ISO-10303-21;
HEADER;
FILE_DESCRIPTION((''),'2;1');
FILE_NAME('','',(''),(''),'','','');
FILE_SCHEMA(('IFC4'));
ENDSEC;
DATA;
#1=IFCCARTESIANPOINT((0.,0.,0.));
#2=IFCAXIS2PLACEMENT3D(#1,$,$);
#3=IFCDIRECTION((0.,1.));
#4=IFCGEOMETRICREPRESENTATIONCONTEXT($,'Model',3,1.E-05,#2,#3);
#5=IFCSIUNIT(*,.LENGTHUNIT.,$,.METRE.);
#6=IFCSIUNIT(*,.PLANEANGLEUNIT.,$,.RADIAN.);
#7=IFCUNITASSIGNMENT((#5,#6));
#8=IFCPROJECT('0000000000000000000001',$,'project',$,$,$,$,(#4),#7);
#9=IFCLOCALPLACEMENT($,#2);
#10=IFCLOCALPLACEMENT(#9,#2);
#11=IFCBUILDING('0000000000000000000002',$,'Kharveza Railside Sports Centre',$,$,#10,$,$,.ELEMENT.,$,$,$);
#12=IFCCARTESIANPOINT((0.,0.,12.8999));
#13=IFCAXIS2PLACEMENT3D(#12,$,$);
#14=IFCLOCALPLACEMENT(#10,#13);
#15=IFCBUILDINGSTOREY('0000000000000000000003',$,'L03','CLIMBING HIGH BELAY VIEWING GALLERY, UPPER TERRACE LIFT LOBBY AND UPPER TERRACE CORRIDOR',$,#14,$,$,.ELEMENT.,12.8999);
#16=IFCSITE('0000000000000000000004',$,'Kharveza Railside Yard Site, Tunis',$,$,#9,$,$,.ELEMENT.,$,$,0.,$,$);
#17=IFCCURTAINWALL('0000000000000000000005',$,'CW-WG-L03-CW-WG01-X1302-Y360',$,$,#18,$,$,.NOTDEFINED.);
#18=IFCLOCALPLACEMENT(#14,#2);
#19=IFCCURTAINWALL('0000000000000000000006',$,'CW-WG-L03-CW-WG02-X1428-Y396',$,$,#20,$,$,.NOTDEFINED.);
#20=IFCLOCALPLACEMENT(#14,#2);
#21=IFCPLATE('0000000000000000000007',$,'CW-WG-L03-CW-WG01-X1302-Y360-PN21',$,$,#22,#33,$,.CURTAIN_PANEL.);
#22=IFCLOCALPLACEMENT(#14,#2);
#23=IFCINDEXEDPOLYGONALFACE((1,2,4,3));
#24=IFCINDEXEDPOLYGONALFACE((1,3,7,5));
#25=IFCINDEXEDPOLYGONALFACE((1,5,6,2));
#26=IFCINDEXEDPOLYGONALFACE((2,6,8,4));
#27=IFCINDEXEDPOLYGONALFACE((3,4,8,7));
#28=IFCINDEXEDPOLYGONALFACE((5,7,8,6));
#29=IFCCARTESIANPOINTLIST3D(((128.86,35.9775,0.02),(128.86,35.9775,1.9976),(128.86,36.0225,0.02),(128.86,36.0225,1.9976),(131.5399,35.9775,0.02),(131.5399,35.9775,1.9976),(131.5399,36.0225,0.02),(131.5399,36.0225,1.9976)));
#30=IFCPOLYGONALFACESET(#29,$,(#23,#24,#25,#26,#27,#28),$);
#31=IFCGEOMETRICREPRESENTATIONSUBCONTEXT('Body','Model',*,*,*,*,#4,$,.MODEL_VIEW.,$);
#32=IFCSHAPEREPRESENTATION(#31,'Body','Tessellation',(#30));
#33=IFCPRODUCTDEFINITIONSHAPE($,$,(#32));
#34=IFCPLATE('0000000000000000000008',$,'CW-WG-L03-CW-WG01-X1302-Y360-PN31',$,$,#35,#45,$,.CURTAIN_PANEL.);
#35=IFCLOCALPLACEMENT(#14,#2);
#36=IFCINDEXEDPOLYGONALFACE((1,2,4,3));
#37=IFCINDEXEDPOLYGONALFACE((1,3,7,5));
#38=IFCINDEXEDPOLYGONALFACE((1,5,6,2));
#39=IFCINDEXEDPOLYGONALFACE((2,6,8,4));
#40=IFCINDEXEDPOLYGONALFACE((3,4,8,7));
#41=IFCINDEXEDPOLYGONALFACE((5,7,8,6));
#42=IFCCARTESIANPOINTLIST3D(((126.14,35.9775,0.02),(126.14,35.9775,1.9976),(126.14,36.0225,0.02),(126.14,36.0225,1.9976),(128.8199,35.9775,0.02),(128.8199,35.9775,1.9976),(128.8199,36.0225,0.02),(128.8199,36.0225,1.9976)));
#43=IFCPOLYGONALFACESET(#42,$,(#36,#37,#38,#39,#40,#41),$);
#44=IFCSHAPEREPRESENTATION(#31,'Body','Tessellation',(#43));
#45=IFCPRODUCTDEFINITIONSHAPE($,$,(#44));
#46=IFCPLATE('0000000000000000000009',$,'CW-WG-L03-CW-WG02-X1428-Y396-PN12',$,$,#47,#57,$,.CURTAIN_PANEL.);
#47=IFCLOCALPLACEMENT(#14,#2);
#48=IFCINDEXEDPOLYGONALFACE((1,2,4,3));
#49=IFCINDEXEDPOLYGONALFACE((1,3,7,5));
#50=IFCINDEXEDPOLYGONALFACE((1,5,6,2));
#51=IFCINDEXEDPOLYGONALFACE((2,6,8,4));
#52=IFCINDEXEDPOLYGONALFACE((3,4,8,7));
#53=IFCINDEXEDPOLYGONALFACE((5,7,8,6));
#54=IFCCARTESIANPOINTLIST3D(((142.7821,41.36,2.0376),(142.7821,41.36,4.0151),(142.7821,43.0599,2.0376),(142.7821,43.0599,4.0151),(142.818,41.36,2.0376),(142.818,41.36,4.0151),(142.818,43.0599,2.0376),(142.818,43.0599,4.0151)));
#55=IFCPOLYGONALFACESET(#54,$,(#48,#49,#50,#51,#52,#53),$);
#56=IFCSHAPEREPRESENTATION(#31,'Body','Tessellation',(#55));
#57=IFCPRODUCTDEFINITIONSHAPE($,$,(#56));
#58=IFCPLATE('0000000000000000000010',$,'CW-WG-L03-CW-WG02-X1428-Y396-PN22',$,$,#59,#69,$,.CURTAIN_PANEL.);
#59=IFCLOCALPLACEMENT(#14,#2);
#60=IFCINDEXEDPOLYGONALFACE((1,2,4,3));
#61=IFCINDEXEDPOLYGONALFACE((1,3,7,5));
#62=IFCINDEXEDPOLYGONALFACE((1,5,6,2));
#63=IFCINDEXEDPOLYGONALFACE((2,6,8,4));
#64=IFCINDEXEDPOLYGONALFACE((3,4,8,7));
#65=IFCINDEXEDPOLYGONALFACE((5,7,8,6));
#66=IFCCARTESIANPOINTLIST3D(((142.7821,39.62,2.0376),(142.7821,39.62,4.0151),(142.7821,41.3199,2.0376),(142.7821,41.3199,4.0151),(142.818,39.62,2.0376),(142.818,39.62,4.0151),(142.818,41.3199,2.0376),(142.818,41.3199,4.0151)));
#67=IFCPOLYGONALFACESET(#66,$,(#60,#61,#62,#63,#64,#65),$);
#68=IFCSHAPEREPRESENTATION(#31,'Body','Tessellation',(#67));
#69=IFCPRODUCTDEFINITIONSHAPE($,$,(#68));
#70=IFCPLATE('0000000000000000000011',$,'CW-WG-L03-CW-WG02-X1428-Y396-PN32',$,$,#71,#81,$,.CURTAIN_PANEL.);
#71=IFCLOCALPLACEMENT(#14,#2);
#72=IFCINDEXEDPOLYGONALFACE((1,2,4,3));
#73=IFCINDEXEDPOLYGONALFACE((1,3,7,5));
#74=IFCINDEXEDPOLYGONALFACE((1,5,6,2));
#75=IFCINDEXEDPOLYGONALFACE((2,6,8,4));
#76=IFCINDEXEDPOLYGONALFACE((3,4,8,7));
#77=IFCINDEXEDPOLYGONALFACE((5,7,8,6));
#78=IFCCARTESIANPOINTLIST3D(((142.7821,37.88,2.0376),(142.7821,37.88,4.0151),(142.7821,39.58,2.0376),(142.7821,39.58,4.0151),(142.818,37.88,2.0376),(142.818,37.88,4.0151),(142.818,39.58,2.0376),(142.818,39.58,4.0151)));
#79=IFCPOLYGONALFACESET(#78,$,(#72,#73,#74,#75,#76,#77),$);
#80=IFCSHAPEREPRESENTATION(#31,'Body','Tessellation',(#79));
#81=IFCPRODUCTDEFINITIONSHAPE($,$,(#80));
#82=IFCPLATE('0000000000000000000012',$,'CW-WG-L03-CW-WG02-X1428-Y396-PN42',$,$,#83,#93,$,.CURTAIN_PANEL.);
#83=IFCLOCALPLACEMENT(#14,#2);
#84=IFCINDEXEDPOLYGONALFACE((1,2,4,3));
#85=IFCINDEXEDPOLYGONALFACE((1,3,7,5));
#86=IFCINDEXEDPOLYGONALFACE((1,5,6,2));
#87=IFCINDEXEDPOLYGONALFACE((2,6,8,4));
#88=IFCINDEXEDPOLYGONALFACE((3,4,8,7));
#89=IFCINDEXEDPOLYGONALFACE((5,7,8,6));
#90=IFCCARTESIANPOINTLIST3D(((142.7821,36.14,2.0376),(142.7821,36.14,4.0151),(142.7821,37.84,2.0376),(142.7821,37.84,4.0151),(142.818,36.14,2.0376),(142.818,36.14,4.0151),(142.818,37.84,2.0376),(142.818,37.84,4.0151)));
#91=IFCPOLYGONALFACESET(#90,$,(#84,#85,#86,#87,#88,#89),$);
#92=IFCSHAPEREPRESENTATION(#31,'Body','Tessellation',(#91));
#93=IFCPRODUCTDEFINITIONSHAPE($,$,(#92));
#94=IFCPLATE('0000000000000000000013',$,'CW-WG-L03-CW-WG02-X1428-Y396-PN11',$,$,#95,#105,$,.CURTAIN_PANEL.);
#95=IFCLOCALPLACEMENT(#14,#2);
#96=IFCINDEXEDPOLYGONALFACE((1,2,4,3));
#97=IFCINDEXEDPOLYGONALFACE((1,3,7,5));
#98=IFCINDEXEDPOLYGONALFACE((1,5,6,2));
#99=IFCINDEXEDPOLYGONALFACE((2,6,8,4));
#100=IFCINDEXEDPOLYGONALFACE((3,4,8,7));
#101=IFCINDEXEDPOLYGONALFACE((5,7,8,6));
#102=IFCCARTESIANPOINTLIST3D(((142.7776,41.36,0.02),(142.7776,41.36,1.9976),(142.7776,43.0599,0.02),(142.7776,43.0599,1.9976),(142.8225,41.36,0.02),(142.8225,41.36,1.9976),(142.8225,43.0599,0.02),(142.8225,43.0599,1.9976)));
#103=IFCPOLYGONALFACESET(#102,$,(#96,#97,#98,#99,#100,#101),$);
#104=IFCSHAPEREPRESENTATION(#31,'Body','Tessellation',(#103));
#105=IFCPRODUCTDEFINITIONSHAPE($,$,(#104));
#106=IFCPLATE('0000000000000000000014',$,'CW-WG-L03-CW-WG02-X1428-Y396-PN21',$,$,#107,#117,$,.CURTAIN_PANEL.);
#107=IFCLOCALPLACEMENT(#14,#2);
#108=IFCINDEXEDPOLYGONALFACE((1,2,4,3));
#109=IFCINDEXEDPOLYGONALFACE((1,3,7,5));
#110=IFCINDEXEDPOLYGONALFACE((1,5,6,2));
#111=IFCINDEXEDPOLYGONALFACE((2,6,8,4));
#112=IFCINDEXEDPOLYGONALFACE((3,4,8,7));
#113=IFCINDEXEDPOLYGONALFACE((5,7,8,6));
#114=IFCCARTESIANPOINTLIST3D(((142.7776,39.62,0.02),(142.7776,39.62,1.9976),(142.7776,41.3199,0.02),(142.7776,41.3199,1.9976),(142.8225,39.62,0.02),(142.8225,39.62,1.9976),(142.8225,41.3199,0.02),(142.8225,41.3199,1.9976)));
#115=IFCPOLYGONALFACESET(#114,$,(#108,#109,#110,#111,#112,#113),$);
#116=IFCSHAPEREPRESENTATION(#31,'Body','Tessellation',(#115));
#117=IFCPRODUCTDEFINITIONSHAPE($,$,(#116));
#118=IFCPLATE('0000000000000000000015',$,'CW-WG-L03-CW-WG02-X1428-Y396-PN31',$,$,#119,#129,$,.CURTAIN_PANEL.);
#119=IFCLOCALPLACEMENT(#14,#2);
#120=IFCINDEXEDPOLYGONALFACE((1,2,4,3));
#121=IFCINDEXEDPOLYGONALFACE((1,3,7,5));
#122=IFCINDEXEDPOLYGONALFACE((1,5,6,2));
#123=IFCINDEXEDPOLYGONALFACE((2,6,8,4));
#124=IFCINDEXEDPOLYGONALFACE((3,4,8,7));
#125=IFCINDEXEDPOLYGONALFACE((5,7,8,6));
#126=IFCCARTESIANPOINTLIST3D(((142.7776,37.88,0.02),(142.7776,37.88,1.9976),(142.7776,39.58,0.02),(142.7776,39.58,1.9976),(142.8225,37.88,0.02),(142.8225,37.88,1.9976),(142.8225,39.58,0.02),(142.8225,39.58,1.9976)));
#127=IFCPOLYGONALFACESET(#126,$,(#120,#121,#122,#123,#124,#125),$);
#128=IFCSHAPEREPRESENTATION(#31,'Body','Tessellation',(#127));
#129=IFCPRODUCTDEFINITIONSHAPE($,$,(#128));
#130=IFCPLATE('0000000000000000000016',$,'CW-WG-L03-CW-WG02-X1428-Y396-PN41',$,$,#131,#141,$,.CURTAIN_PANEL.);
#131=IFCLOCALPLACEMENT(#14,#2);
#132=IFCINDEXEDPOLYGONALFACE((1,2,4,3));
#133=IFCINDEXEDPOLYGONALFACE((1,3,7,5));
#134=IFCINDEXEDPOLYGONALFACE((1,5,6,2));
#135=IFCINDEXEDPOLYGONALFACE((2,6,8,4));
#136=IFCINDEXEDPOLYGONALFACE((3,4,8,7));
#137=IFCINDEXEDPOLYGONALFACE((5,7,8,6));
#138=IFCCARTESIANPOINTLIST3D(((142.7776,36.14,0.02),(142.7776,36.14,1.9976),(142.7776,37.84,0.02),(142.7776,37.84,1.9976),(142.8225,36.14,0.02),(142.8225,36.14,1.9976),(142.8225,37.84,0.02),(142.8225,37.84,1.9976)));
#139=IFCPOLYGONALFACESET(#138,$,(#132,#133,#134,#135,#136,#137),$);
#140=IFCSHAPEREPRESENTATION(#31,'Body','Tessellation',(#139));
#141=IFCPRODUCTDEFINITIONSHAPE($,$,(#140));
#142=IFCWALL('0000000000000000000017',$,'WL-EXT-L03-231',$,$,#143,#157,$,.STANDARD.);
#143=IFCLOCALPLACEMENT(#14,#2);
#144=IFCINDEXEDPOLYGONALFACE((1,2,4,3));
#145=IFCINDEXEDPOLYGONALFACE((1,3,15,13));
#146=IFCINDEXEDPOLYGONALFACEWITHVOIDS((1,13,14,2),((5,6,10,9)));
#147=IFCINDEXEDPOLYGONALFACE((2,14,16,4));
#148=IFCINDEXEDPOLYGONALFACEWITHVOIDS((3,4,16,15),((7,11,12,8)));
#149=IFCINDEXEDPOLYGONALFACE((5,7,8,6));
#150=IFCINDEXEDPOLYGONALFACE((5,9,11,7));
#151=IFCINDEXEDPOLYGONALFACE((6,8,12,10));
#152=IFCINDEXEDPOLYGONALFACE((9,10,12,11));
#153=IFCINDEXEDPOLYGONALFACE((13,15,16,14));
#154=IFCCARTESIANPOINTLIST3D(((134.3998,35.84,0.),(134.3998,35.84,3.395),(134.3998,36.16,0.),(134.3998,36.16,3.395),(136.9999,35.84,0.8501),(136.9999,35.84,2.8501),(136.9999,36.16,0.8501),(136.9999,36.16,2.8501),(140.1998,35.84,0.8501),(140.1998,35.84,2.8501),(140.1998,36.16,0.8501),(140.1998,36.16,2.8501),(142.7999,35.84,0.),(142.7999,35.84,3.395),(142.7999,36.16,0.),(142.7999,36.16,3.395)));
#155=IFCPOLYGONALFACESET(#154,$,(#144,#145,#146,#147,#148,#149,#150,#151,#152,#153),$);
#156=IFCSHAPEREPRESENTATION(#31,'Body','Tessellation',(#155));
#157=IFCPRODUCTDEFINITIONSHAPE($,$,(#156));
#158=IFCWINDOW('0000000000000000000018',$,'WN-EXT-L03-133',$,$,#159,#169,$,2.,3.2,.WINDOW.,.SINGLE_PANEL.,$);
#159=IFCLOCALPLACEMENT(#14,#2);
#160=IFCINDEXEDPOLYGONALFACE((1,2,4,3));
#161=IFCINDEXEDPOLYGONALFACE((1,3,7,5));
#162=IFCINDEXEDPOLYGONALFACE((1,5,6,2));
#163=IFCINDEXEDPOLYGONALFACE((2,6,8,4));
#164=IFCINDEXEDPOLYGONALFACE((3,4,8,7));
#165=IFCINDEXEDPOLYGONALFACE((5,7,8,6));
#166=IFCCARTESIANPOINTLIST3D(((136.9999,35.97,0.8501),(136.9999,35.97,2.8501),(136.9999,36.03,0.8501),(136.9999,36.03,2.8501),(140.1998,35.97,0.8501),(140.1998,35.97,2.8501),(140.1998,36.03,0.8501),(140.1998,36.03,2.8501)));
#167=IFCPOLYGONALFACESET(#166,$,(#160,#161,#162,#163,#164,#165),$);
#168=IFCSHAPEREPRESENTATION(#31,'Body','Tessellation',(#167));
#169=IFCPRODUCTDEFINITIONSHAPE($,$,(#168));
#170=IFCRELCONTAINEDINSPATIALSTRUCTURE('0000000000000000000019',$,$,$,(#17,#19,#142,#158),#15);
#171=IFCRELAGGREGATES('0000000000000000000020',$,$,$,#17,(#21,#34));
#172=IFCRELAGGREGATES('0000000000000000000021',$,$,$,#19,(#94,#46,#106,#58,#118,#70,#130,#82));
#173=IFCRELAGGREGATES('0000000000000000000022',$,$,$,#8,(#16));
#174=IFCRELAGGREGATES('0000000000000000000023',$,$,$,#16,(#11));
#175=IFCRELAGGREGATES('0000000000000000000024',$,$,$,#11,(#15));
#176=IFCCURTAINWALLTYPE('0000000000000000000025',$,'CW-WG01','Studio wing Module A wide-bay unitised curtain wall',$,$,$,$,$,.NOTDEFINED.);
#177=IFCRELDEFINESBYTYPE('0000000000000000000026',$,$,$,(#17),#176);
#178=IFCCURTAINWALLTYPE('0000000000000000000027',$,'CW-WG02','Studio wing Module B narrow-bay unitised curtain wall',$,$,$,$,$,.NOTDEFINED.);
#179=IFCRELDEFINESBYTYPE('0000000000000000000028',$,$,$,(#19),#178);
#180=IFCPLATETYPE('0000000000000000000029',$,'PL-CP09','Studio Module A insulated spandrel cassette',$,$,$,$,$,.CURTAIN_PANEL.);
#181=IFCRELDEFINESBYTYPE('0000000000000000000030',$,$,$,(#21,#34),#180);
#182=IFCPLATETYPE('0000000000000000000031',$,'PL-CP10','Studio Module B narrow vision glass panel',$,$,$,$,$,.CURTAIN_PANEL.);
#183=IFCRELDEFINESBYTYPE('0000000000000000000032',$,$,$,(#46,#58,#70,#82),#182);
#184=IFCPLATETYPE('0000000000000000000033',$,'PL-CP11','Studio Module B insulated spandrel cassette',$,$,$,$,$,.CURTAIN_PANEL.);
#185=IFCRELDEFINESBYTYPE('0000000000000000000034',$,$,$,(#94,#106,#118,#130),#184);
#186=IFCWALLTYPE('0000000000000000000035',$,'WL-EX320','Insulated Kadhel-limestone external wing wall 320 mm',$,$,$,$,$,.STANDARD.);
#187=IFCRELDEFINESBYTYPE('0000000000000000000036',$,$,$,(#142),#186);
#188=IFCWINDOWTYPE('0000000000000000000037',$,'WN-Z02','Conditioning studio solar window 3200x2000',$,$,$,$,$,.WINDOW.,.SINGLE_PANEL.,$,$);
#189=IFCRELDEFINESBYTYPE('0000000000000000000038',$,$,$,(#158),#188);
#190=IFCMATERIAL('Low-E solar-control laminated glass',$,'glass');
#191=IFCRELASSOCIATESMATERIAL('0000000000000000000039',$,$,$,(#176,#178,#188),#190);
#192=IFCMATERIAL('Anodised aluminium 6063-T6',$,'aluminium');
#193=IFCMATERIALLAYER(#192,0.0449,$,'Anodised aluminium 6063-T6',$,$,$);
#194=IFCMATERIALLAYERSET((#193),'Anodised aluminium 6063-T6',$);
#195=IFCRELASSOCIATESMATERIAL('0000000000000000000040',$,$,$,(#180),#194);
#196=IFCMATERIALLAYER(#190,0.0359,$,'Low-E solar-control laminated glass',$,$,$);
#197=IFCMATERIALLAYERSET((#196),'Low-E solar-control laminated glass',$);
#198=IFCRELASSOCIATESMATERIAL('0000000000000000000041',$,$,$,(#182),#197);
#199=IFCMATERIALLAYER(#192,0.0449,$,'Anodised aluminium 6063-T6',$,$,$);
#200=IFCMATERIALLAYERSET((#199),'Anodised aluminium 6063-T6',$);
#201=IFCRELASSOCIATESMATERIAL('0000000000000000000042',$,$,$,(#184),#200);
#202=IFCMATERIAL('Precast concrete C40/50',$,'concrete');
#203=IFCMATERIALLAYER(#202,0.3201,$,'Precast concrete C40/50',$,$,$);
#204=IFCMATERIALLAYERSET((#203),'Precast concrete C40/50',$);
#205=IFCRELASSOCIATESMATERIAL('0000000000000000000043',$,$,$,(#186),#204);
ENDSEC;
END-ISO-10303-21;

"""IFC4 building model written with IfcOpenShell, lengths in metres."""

from ifc_helpers import new_model, si_unit, direction, frame, frame_2d, origin, origin_2d, place, context, subcontext, project, spatial, rectangle, extrude, material, layer, layer_set, type_object, element, fill, aggregate, save


model = new_model("IFC4")

# Units and contexts
model_context = context("Model", 3, precision=1e-05, world=origin(), true_north=direction((0.0, 1.0)))
body_context = subcontext(model_context, "Body", "Model", "MODEL_VIEW")
ifc_project = project(units=[si_unit("LENGTHUNIT", "METRE"), si_unit("PLANEANGLEUNIT", "RADIAN")], contexts=[model_context])

# Site, building, storey
site_placement = place(None, origin())
site = spatial("IfcSite", under=ifc_project, at=site_placement, Name="Kharveza Railside Yard Site, Tunis", CompositionType="ELEMENT", RefElevation=0.0)
building_placement = place(site_placement, origin())
building = spatial("IfcBuilding", under=site, at=building_placement, Name="Kharveza Railside Sports Centre", CompositionType="ELEMENT")
storey_placement = place(building_placement, frame((0.0, 0.0, 12.8999)))
storey = spatial("IfcBuildingStorey", under=building, at=storey_placement, Name="L03", Description="CLIMBING HIGH BELAY VIEWING GALLERY, UPPER TERRACE LIFT LOBBY AND UPPER TERRACE CORRIDOR", CompositionType="ELEMENT", Elevation=12.8999)

# Curtain walls
ifc_material_1 = material(Name="Low-E solar-control laminated glass", Category="glass")
curtain_wall_type_1 = type_object("IfcCurtainWallType", Name="CW-WG01", Description="Studio wing Module A wide-bay unitised curtain wall", PredefinedType="NOTDEFINED", material=ifc_material_1)
curtain_wall_1_placement = place(storey_placement, origin())
curtain_wall_1 = element("IfcCurtainWall", 1, at=curtain_wall_1_placement, inside=storey, type_object=curtain_wall_type_1, Name="CW-WG-L03-CW-WG01-X1302-Y360", PredefinedType="NOTDEFINED")
ifc_material_2 = material(Name="Anodised aluminium 6063-T6", Category="aluminium")
curtain_wall_type_2 = type_object("IfcCurtainWallType", Name="CW-WG02", Description="Studio wing Module B narrow-bay unitised curtain wall", PredefinedType="NOTDEFINED", material=ifc_material_1)
curtain_wall_2_placement = place(storey_placement, origin())
curtain_wall_2 = element("IfcCurtainWall", 2, at=curtain_wall_2_placement, inside=storey, type_object=curtain_wall_type_2, Name="CW-WG-L03-CW-WG02-X1428-Y396", PredefinedType="NOTDEFINED")

# Plates
ifc_layer_1 = layer(ifc_material_2, 0.0449, Name="Anodised aluminium 6063-T6")
ifc_layer_set_1 = layer_set([ifc_layer_1], Name="Anodised aluminium 6063-T6")
plate_type_1 = type_object("IfcPlateType", Name="PL-CP09", Description="Studio Module A insulated spandrel cassette", PredefinedType="CURTAIN_PANEL", material=ifc_layer_set_1)
plate_1_placement = place(storey_placement, frame((130.2, 36.0, 0.02), z_axis=(0.0, 0.0, 1.0), x_axis=(-1.0, 0.0, 0.0)))
plate_1 = element("IfcPlate", 3, at=plate_1_placement, type_object=plate_type_1, Name="CW-WG-L03-CW-WG01-X1302-Y360-PN21", PredefinedType="CURTAIN_PANEL", context=body_context, shape_type="SweptSolid", body=[
    extrude(rectangle(XDim=2.6799, YDim=0.0449, at=origin_2d()), origin(), (0.0, 0.0, 1.0), 1.9775),
])
plate_2_placement = place(storey_placement, frame((127.48, 36.0, 0.02), z_axis=(0.0, 0.0, 1.0), x_axis=(-1.0, 0.0, 0.0)))
plate_2 = element("IfcPlate", 4, at=plate_2_placement, type_object=plate_type_1, Name="CW-WG-L03-CW-WG01-X1302-Y360-PN31", PredefinedType="CURTAIN_PANEL", context=body_context, shape_type="SweptSolid", body=[
    extrude(rectangle(XDim=2.6799, YDim=0.0449, at=origin_2d()), origin(), (0.0, 0.0, 1.0), 1.9775),
])
aggregate(curtain_wall_1, [plate_1, plate_2])
ifc_layer_2 = layer(ifc_material_1, 0.0359, Name="Low-E solar-control laminated glass")
ifc_layer_set_2 = layer_set([ifc_layer_2], Name="Low-E solar-control laminated glass")
plate_type_2 = type_object("IfcPlateType", Name="PL-CP10", Description="Studio Module B narrow vision glass panel", PredefinedType="CURTAIN_PANEL", material=ifc_layer_set_2)
plate_3_placement = place(storey_placement, frame((142.8, 42.21, 2.0376), z_axis=(0.0, 0.0, 1.0), x_axis=(0.0, -1.0, 0.0)))
plate_3 = element("IfcPlate", 5, at=plate_3_placement, type_object=plate_type_2, Name="CW-WG-L03-CW-WG02-X1428-Y396-PN12", PredefinedType="CURTAIN_PANEL", context=body_context, shape_type="SweptSolid", body=[
    extrude(rectangle(XDim=1.7, YDim=0.0359, at=origin_2d()), origin(), (0.0, 0.0, 1.0), 1.9775),
])
plate_4_placement = place(storey_placement, frame((142.8, 40.47, 2.0376), z_axis=(0.0, 0.0, 1.0), x_axis=(0.0, -1.0, 0.0)))
plate_4 = element("IfcPlate", 6, at=plate_4_placement, type_object=plate_type_2, Name="CW-WG-L03-CW-WG02-X1428-Y396-PN22", PredefinedType="CURTAIN_PANEL", context=body_context, shape_type="SweptSolid", body=[
    extrude(rectangle(XDim=1.7, YDim=0.0359, at=origin_2d()), origin(), (0.0, 0.0, 1.0), 1.9775),
])
plate_5_placement = place(storey_placement, frame((142.8, 38.73, 2.0376), z_axis=(0.0, 0.0, 1.0), x_axis=(0.0, -1.0, 0.0)))
plate_5 = element("IfcPlate", 7, at=plate_5_placement, type_object=plate_type_2, Name="CW-WG-L03-CW-WG02-X1428-Y396-PN32", PredefinedType="CURTAIN_PANEL", context=body_context, shape_type="SweptSolid", body=[
    extrude(rectangle(XDim=1.7, YDim=0.0359, at=origin_2d()), origin(), (0.0, 0.0, 1.0), 1.9775),
])
plate_6_placement = place(storey_placement, frame((142.8, 36.99, 2.0376), z_axis=(0.0, 0.0, 1.0), x_axis=(0.0, -1.0, 0.0)))
plate_6 = element("IfcPlate", 8, at=plate_6_placement, type_object=plate_type_2, Name="CW-WG-L03-CW-WG02-X1428-Y396-PN42", PredefinedType="CURTAIN_PANEL", context=body_context, shape_type="SweptSolid", body=[
    extrude(rectangle(XDim=1.7, YDim=0.0359, at=origin_2d()), origin(), (0.0, 0.0, 1.0), 1.9775),
])
ifc_layer_3 = layer(ifc_material_2, 0.0449, Name="Anodised aluminium 6063-T6")
ifc_layer_set_3 = layer_set([ifc_layer_3], Name="Anodised aluminium 6063-T6")
plate_type_3 = type_object("IfcPlateType", Name="PL-CP11", Description="Studio Module B insulated spandrel cassette", PredefinedType="CURTAIN_PANEL", material=ifc_layer_set_3)
plate_7_placement = place(storey_placement, frame((142.8, 42.21, 0.02), z_axis=(0.0, 0.0, 1.0), x_axis=(0.0, -1.0, 0.0)))
plate_7 = element("IfcPlate", 9, at=plate_7_placement, type_object=plate_type_3, Name="CW-WG-L03-CW-WG02-X1428-Y396-PN11", PredefinedType="CURTAIN_PANEL", context=body_context, shape_type="SweptSolid", body=[
    extrude(rectangle(XDim=1.7, YDim=0.0449, at=origin_2d()), origin(), (0.0, 0.0, 1.0), 1.9775),
])
plate_8_placement = place(storey_placement, frame((142.8, 40.47, 0.02), z_axis=(0.0, 0.0, 1.0), x_axis=(0.0, -1.0, 0.0)))
plate_8 = element("IfcPlate", 10, at=plate_8_placement, type_object=plate_type_3, Name="CW-WG-L03-CW-WG02-X1428-Y396-PN21", PredefinedType="CURTAIN_PANEL", context=body_context, shape_type="SweptSolid", body=[
    extrude(rectangle(XDim=1.7, YDim=0.0449, at=origin_2d()), origin(), (0.0, 0.0, 1.0), 1.9775),
])
plate_9_placement = place(storey_placement, frame((142.8, 38.73, 0.02), z_axis=(0.0, 0.0, 1.0), x_axis=(0.0, -1.0, 0.0)))
plate_9 = element("IfcPlate", 11, at=plate_9_placement, type_object=plate_type_3, Name="CW-WG-L03-CW-WG02-X1428-Y396-PN31", PredefinedType="CURTAIN_PANEL", context=body_context, shape_type="SweptSolid", body=[
    extrude(rectangle(XDim=1.7, YDim=0.0449, at=origin_2d()), origin(), (0.0, 0.0, 1.0), 1.9775),
])
plate_10_placement = place(storey_placement, frame((142.8, 36.99, 0.02), z_axis=(0.0, 0.0, 1.0), x_axis=(0.0, -1.0, 0.0)))
plate_10 = element("IfcPlate", 12, at=plate_10_placement, type_object=plate_type_3, Name="CW-WG-L03-CW-WG02-X1428-Y396-PN41", PredefinedType="CURTAIN_PANEL", context=body_context, shape_type="SweptSolid", body=[
    extrude(rectangle(XDim=1.7, YDim=0.0449, at=origin_2d()), origin(), (0.0, 0.0, 1.0), 1.9775),
])
aggregate(curtain_wall_2, [plate_7, plate_3, plate_8, plate_4, plate_9, plate_5, plate_10, plate_6])

# Wall, opening, window
ifc_material_3 = material(Name="Precast concrete C40/50", Category="concrete")
ifc_layer_4 = layer(ifc_material_3, 0.3201, Name="Precast concrete C40/50")
ifc_layer_set_4 = layer_set([ifc_layer_4], Name="Precast concrete C40/50")
wall_type = type_object("IfcWallType", Name="WL-EX320", Description="Insulated Kadhel-limestone external wing wall 320 mm", PredefinedType="STANDARD", material=ifc_layer_set_4)
wall_placement = place(storey_placement, frame((142.8, 36.0, 0.0), z_axis=(0.0, 0.0, 1.0), x_axis=(-1.0, 0.0, 0.0)))
wall = element("IfcWall", 13, at=wall_placement, inside=storey, type_object=wall_type, Name="WL-EXT-L03-231", PredefinedType="STANDARD", context=body_context, shape_type="SweptSolid", body=[
    extrude(rectangle(XDim=8.4001, YDim=0.3201, at=frame_2d((4.2002, 0.0))), origin(), (0.0, 0.0, 1.0), 3.395),
])
opening_placement = place(wall_placement, frame((2.6001, 0.0, 0.8501)))
opening = element("IfcOpeningElement", 14, at=opening_placement, cuts=wall, PredefinedType="OPENING", context=body_context, shape_type="SweptSolid", body=[
    extrude(rectangle(XDim=3.2, YDim=2.0, at=frame_2d((1.6001, 1.0))), frame((0.0, 0.1851, 0.0), z_axis=(0.0, -1.0, 0.0), x_axis=(1.0, 0.0, 0.0)), (0.0, 0.0, 1.0), 0.3699),
])
window_type = type_object("IfcWindowType", Name="WN-Z02", Description="Conditioning studio solar window 3200x2000", PartitioningType="SINGLE_PANEL", PredefinedType="WINDOW", material=ifc_material_1)
window_placement = place(opening_placement, origin())
window = element("IfcWindow", 15, at=window_placement, inside=storey, type_object=window_type, Name="WN-EXT-L03-133", OverallHeight=2.0, OverallWidth=3.2, PartitioningType="SINGLE_PANEL", PredefinedType="WINDOW", context=body_context, shape_type="SweptSolid", body=[
    extrude(rectangle(XDim=3.2, YDim=2.0, at=frame_2d((1.6001, 1.0))), frame((0.0, 0.03, 0.0), z_axis=(0.0, -1.0, 0.0), x_axis=(1.0, 0.0, 0.0)), (0.0, 0.0, 1.0), 0.0601),
])
fill(opening, window)

save(model, "model.ifc")
